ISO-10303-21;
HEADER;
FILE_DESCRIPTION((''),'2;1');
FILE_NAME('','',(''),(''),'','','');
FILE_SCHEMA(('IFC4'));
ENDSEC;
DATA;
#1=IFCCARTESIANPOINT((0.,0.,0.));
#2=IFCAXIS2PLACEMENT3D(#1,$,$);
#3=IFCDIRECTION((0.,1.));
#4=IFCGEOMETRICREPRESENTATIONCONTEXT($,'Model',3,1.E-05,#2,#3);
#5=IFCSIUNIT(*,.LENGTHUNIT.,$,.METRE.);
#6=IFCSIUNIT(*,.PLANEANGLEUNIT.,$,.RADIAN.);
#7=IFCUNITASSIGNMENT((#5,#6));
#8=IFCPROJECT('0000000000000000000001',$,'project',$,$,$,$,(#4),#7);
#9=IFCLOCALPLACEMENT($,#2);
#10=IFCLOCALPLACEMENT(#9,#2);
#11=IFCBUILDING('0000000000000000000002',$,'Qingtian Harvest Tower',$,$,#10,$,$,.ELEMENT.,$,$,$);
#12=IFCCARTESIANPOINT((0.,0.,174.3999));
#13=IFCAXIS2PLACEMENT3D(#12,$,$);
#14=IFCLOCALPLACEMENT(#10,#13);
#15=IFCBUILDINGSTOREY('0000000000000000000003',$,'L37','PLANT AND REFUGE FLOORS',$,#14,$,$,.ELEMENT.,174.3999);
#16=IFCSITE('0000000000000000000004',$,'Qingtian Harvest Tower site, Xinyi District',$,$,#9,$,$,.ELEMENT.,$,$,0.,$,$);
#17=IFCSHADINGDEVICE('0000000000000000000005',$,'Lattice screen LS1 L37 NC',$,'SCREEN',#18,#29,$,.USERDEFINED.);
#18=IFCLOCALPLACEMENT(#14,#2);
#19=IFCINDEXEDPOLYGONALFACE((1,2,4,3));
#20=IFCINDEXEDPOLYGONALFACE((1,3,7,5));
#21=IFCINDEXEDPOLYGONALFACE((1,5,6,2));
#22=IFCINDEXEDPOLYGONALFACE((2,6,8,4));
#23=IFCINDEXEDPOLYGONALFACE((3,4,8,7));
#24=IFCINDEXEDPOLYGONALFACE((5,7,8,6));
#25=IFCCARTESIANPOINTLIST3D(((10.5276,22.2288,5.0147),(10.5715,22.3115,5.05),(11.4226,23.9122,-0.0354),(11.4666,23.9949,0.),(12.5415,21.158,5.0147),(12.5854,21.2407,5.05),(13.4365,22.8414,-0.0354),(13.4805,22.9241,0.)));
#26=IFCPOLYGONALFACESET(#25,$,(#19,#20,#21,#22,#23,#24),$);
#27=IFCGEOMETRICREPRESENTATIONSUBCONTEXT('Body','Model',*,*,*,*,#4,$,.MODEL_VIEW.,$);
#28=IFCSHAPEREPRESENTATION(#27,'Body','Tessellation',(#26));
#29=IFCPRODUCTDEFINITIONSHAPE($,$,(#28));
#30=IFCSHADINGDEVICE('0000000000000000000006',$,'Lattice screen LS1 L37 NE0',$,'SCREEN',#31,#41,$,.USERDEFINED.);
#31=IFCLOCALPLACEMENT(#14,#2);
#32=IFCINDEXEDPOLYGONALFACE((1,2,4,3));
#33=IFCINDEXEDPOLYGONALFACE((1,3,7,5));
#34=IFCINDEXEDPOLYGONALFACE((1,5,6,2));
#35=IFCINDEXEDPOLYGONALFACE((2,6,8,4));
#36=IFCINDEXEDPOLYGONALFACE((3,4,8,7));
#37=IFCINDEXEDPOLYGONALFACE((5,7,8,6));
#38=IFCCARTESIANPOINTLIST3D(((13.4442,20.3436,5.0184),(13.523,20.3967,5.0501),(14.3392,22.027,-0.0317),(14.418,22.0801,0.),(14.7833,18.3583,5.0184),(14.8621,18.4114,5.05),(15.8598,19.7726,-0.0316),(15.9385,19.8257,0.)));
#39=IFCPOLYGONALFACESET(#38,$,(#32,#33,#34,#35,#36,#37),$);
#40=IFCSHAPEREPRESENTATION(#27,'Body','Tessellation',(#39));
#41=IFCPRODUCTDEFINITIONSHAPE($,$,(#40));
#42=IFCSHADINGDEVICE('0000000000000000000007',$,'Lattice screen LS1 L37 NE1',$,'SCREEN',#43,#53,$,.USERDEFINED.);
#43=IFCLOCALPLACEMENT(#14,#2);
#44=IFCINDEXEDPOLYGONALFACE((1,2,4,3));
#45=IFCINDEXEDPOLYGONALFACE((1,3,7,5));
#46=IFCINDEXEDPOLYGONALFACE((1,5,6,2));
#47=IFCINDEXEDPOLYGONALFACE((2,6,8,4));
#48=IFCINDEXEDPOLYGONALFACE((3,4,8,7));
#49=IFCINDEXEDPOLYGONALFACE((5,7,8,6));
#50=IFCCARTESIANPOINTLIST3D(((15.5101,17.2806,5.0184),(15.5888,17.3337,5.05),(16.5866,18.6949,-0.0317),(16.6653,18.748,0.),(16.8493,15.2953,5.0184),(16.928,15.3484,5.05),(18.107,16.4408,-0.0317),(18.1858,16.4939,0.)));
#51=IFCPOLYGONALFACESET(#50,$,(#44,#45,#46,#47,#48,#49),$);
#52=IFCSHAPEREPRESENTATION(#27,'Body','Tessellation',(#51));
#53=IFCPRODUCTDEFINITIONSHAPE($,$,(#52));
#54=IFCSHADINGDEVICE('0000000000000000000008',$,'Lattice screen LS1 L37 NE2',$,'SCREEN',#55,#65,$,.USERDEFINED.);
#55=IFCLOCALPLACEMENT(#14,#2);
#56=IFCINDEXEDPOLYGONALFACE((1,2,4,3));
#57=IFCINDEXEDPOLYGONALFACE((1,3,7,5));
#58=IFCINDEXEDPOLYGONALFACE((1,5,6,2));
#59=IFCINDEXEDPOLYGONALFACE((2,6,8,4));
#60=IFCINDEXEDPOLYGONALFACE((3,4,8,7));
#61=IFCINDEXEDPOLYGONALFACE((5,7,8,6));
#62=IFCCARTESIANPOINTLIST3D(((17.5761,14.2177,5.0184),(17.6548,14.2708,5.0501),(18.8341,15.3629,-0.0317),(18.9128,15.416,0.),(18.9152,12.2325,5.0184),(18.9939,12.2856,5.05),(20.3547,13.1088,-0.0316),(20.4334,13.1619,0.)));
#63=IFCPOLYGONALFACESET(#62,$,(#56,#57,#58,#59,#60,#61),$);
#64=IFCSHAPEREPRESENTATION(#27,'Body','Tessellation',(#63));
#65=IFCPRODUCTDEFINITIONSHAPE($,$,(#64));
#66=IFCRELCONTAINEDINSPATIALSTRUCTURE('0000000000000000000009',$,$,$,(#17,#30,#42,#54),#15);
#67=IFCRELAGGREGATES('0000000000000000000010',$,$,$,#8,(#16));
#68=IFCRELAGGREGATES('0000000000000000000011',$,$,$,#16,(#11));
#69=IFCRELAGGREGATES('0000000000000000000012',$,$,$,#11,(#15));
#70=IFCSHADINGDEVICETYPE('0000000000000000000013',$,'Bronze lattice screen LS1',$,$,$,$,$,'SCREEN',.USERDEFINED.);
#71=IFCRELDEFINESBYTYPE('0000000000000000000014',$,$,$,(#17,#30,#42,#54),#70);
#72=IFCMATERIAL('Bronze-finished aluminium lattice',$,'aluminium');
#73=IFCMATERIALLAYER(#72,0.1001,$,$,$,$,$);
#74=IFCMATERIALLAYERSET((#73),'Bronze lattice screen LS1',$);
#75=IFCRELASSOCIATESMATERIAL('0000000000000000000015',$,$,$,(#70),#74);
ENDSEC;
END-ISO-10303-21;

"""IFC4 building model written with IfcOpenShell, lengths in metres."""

from ifc_helpers import new_model, si_unit, direction, frame, origin, place, context, subcontext, project, spatial, polyline, outline, extrude, material, layer, layer_set, type_object, element, save


model = new_model("IFC4")

# Units and contexts
model_context = context("Model", 3, precision=1e-05, world=origin(), true_north=direction((0.0, 1.0)))
body_context = subcontext(model_context, "Body", "Model", "MODEL_VIEW")
ifc_project = project(units=[si_unit("LENGTHUNIT", "METRE"), si_unit("PLANEANGLEUNIT", "RADIAN")], contexts=[model_context])

# Site, building, storey
site_placement = place(None, origin())
site = spatial("IfcSite", under=ifc_project, at=site_placement, Name="Qingtian Harvest Tower site, Xinyi District", CompositionType="ELEMENT", RefElevation=0.0)
building_placement = place(site_placement, origin())
building = spatial("IfcBuilding", under=site, at=building_placement, Name="Qingtian Harvest Tower", CompositionType="ELEMENT")
storey_placement = place(building_placement, frame((0.0, 0.0, 174.3999)))
storey = spatial("IfcBuildingStorey", under=building, at=storey_placement, Name="L37", Description="PLANT AND REFUGE FLOORS", CompositionType="ELEMENT", Elevation=174.3999)

# Shading devices
ifc_material_1 = material(Name="Bronze-finished aluminium lattice", Category="aluminium")
ifc_layer_1 = layer(ifc_material_1, 0.1001)
ifc_layer_set_1 = layer_set([ifc_layer_1], Name="Bronze lattice screen LS1")
shading_device_type = type_object("IfcShadingDeviceType", Name="Bronze lattice screen LS1", ElementType="SCREEN", PredefinedType="USERDEFINED", material=ifc_layer_set_1)
shading_device_1_placement = place(storey_placement, frame((11.4666, 23.9949, 0.0), z_axis=(0.439209, 0.826046, 0.35319), x_axis=(0.882951, -0.469466, 0.0)))
element("IfcShadingDevice", 1, at=shading_device_1_placement, inside=storey, type_object=shading_device_type, Name="Lattice screen LS1 L37 NC", ObjectType="SCREEN", PredefinedType="USERDEFINED", context=body_context, shape_type="SweptSolid", body=[
    extrude(outline(polyline([(0.0, 0.0), (2.2809, 0.0), (2.2809, -5.3979), (0.0, -5.3979), (0.0, 0.0)])), origin(), (0.0, 0.0, -1.0), 0.1001),
])
shading_device_2_placement = place(storey_placement, frame((14.418, 22.0801, 0.0), z_axis=(0.786508, 0.530483, 0.316215), x_axis=(0.559175, -0.82905, 0.000003)))
element("IfcShadingDevice", 2, at=shading_device_2_placement, inside=storey, type_object=shading_device_type, Name="Lattice screen LS1 L37 NE0", ObjectType="SCREEN", PredefinedType="USERDEFINED", context=body_context, shape_type="SweptSolid", body=[
    extrude(outline(polyline([(0.0, 0.0), (2.7192, 0.0), (3.2899, -5.3232), (0.8951, -5.3232), (0.0, 0.0)])), origin(), (0.0, 0.0, -1.0), 0.1001),
])
shading_device_3_placement = place(storey_placement, frame((16.6653, 18.748, 0.0), z_axis=(0.786493, 0.530504, 0.316219), x_axis=(0.559199, -0.829033, -0.000004)))
element("IfcShadingDevice", 3, at=shading_device_3_placement, inside=storey, type_object=shading_device_type, Name="Lattice screen LS1 L37 NE1", ObjectType="SCREEN", PredefinedType="USERDEFINED", context=body_context, shape_type="SweptSolid", body=[
    extrude(outline(polyline([(0.0, 0.0), (2.719, 0.0), (2.9653, -5.3232), (0.5706, -5.3232), (0.0, 0.0)])), origin(), (0.0, 0.0, -1.0), 0.1001),
])
shading_device_4_placement = place(storey_placement, frame((18.9128, 15.416, 0.0), z_axis=(0.786476, 0.530522, 0.316231), x_axis=(0.559219, -0.82902, 0.000004)))
element("IfcShadingDevice", 4, at=shading_device_4_placement, inside=storey, type_object=shading_device_type, Name="Lattice screen LS1 L37 NE2", ObjectType="SCREEN", PredefinedType="USERDEFINED", context=body_context, shape_type="SweptSolid", body=[
    extrude(outline(polyline([(0.0, 0.0), (2.719, 0.0), (2.6405, -5.3232), (0.2459, -5.3232), (0.0, 0.0)])), origin(), (0.0, 0.0, -1.0), 0.1001),
])

save(model, "model.ifc")
